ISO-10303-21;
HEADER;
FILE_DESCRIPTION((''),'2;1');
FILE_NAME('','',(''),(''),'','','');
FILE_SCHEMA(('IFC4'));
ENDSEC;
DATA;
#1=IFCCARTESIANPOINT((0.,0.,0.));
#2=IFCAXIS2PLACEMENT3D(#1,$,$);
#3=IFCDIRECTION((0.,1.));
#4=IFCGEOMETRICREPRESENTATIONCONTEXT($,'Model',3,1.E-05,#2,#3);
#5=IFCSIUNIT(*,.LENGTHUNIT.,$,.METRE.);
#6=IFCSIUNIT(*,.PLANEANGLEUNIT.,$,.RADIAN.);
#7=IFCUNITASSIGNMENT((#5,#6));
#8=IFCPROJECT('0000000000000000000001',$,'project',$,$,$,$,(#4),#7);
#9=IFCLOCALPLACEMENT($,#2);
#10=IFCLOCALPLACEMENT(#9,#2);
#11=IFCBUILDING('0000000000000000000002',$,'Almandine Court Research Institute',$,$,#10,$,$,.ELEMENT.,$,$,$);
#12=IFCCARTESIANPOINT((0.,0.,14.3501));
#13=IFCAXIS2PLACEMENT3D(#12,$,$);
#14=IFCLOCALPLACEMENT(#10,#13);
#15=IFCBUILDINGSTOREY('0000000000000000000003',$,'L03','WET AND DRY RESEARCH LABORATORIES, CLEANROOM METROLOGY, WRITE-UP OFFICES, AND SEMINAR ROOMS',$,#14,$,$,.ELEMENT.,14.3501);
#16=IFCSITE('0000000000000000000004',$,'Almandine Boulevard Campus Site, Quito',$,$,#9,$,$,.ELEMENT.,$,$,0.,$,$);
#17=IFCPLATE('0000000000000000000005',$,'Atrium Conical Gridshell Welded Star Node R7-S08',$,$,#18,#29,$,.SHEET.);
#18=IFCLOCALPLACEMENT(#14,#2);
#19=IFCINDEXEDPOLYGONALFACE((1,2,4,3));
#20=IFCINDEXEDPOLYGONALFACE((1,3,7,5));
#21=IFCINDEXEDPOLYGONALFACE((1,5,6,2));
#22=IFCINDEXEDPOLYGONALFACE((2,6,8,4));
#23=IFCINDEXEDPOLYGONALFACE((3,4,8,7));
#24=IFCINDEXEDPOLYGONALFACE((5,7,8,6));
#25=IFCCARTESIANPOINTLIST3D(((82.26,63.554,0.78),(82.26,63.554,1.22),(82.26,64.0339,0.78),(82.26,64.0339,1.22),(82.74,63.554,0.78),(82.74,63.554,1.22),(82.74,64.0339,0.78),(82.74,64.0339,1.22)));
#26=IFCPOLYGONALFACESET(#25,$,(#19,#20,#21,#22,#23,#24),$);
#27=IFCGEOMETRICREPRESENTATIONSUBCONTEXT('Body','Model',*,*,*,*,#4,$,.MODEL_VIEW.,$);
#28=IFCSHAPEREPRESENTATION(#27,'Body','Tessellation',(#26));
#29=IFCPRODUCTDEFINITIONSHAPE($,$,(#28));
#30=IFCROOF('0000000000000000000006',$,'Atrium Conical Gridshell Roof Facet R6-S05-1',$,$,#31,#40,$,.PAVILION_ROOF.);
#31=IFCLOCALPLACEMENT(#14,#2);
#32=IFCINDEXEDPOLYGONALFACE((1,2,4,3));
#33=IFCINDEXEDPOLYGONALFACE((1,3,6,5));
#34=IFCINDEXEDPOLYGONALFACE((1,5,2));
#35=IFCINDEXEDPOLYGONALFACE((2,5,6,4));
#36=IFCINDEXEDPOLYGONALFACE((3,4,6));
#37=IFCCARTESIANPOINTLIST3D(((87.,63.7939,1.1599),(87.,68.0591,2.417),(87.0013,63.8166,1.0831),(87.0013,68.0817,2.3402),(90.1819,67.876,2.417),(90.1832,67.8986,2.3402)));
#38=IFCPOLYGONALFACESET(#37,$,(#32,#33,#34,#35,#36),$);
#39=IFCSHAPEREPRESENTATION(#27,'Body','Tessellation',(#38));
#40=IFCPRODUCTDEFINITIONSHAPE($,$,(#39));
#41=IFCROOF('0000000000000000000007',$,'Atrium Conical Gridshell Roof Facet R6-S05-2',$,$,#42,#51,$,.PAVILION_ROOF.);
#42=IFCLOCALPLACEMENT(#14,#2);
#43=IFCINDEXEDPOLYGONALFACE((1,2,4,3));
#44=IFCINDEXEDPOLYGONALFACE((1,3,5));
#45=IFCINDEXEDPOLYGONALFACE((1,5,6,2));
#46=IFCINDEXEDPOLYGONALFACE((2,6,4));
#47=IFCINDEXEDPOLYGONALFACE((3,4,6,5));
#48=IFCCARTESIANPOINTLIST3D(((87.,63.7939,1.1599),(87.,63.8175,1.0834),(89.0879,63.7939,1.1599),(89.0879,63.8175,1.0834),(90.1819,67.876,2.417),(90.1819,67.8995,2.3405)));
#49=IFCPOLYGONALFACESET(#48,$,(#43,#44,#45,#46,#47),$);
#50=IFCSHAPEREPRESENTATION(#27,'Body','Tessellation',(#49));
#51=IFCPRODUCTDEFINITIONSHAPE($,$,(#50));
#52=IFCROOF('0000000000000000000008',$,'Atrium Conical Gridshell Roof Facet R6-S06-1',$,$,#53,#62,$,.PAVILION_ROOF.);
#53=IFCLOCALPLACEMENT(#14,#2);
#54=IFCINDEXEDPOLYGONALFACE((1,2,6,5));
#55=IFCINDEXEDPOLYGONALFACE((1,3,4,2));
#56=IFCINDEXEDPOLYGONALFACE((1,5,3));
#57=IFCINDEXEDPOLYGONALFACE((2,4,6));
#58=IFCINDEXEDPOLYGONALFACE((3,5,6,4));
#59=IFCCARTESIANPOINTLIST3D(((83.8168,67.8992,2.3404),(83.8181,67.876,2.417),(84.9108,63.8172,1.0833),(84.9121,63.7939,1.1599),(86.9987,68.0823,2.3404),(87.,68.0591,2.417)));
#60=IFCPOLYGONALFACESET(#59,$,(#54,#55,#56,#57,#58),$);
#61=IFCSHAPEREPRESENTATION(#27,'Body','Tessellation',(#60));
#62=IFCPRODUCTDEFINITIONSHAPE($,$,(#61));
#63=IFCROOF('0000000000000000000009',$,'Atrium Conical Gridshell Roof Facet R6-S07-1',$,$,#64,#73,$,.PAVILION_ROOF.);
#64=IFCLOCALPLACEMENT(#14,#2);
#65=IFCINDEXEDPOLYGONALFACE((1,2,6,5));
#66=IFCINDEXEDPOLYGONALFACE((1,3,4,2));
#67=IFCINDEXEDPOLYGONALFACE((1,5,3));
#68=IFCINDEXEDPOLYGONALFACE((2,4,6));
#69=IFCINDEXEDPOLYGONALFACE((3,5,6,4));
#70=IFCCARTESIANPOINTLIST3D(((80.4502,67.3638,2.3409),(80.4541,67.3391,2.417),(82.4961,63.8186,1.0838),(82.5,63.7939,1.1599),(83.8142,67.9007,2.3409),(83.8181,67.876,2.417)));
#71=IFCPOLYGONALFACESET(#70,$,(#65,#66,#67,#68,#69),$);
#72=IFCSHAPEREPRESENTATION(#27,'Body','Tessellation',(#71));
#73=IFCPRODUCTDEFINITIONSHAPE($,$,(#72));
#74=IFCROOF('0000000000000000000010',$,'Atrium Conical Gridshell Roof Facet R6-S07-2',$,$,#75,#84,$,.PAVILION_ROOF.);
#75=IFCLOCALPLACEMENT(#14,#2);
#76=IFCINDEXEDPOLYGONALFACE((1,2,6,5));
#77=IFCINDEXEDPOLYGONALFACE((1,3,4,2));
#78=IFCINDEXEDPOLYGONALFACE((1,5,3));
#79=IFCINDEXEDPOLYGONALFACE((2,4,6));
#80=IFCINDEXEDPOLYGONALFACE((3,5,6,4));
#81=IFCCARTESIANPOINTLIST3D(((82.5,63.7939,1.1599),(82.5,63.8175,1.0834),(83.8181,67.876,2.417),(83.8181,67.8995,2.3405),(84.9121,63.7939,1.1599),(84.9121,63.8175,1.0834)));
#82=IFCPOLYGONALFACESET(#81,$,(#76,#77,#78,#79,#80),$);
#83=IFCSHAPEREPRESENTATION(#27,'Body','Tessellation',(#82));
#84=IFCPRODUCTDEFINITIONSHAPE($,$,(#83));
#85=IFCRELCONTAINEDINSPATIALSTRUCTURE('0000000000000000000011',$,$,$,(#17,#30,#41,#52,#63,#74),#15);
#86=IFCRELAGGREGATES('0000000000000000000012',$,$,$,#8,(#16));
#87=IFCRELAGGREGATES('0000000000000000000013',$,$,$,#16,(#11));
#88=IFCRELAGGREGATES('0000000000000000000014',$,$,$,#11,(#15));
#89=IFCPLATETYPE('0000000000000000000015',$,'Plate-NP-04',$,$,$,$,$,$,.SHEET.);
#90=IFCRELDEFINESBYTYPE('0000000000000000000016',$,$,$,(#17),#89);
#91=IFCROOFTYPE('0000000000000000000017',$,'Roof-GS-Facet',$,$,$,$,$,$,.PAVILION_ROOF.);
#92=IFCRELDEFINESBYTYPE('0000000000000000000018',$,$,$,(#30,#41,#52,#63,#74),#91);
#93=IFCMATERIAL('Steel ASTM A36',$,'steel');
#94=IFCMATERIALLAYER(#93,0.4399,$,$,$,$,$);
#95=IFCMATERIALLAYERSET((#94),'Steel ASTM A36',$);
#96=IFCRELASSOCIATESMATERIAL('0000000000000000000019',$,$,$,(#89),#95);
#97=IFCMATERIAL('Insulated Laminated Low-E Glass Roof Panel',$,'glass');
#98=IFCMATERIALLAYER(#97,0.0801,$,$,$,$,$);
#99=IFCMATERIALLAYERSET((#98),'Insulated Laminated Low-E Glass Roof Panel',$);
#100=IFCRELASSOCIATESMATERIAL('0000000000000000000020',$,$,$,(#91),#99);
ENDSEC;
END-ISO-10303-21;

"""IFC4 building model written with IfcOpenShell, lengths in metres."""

from ifc_helpers import new_model, si_unit, direction, frame, origin, origin_2d, place, context, subcontext, project, spatial, polyline, rectangle, outline, extrude, material, layer, layer_set, type_object, element, save


model = new_model("IFC4")

# Units and contexts
model_context = context("Model", 3, precision=1e-05, world=origin(), true_north=direction((0.0, 1.0)))
body_context = subcontext(model_context, "Body", "Model", "MODEL_VIEW")
ifc_project = project(units=[si_unit("LENGTHUNIT", "METRE"), si_unit("PLANEANGLEUNIT", "RADIAN")], contexts=[model_context])

# Site, building, storey
site_placement = place(None, origin())
site = spatial("IfcSite", under=ifc_project, at=site_placement, Name="Almandine Boulevard Campus Site, Quito", CompositionType="ELEMENT", RefElevation=0.0)
building_placement = place(site_placement, origin())
building = spatial("IfcBuilding", under=site, at=building_placement, Name="Almandine Court Research Institute", CompositionType="ELEMENT")
storey_placement = place(building_placement, frame((0.0, 0.0, 14.3501)))
storey = spatial("IfcBuildingStorey", under=building, at=storey_placement, Name="L03", Description="WET AND DRY RESEARCH LABORATORIES, CLEANROOM METROLOGY, WRITE-UP OFFICES, AND SEMINAR ROOMS", CompositionType="ELEMENT", Elevation=14.3501)

# Plate
ifc_material_1 = material(Name="Steel ASTM A36", Category="steel")
ifc_layer_1 = layer(ifc_material_1, 0.4399)
ifc_layer_set_1 = layer_set([ifc_layer_1], Name="Steel ASTM A36")
plate_type_1 = type_object("IfcPlateType", Name="Plate-NP-04", PredefinedType="SHEET", material=ifc_layer_set_1)
for number, where, z_axis, x_axis, name in (
    (1, (82.5, 63.7939, 0.78), (0.0, 0.0, 1.0), (1.0, 0.0, 0.0), "Atrium Conical Gridshell Welded Star Node R7-S08"),
):
    element("IfcPlate", number, at=place(storey_placement, frame(where, z_axis=z_axis, x_axis=x_axis)), inside=storey, type_object=plate_type_1, Name=name, PredefinedType="SHEET", context=body_context, shape_type="SweptSolid", body=[
        extrude(rectangle(XDim=0.48, YDim=0.48, at=origin_2d()), origin(), (0.0, 0.0, 1.0), 0.4399),
    ])

# Roofs
ifc_material_2 = material(Name="Insulated Laminated Low-E Glass Roof Panel", Category="glass")
ifc_layer_2 = layer(ifc_material_2, 0.0801)
ifc_layer_set_2 = layer_set([ifc_layer_2], Name="Insulated Laminated Low-E Glass Roof Panel")
roof_type = type_object("IfcRoofType", Name="Roof-GS-Facet", PredefinedType="PAVILION_ROOF", material=ifc_layer_set_2)
roof_1_placement = place(storey_placement, frame((90.1819, 67.876, 2.417), z_axis=(-0.016267, -0.282673, 0.959078), x_axis=(-0.998348, 0.057451, 0.0)))
element("IfcRoof", 2, at=roof_1_placement, inside=storey, type_object=roof_type, Name="Atrium Conical Gridshell Roof Facet R6-S05-1", PredefinedType="PAVILION_ROOF", context=body_context, shape_type="SweptSolid", body=[
    extrude(outline(polyline([(0.0, 0.0), (3.1871, 0.0), (2.9421, 4.4398), (0.0, 0.0)])), origin(), (0.0, 0.0, -1.0), 0.0801),
])
roof_2_placement = place(storey_placement, frame((90.1819, 67.876, 2.417), z_axis=(0.0, -0.294315, 0.955709), x_axis=(-0.597411, -0.766417, -0.236021)))
element("IfcRoof", 3, at=roof_2_placement, inside=storey, type_object=roof_type, Name="Atrium Conical Gridshell Roof Facet R6-S05-2", PredefinedType="PAVILION_ROOF", context=body_context, shape_type="SweptSolid", body=[
    extrude(outline(polyline([(0.0, 0.0), (5.3261, 0.0), (4.0788, 1.6744), (0.0, 0.0)])), origin(), (0.0, 0.0, -1.0), 0.0801),
])
roof_3_placement = place(storey_placement, frame((87.0, 68.0591, 2.417), z_axis=(0.016699, -0.290183, 0.956825), x_axis=(-0.998348, -0.057451, 0.0)))
element("IfcRoof", 4, at=roof_3_placement, inside=storey, type_object=roof_type, Name="Atrium Conical Gridshell Roof Facet R6-S06-1", PredefinedType="PAVILION_ROOF", context=body_context, shape_type="SweptSolid", body=[
    extrude(outline(polyline([(0.0, 0.0), (3.1871, 0.0), (2.3295, 4.3249), (0.0, 0.0)])), origin(), (0.0, 0.0, -1.0), 0.0801),
])
roof_4_placement = place(storey_placement, frame((83.8181, 67.876, 2.417), z_axis=(0.049224, -0.308442, 0.949969), x_axis=(-0.987504, -0.157596, 0.0)))
element("IfcRoof", 5, at=roof_4_placement, inside=storey, type_object=roof_type, Name="Atrium Conical Gridshell Roof Facet R6-S07-1", PredefinedType="PAVILION_ROOF", context=body_context, shape_type="SweptSolid", body=[
    extrude(outline(polyline([(0.0, 0.0), (3.4066, 0.0), (1.945, 4.0246), (0.0, 0.0)])), origin(), (0.0, 0.0, -1.0), 0.0801),
])
roof_5_placement = place(storey_placement, frame((83.8181, 67.876, 2.417), z_axis=(0.0, -0.294315, 0.955709), x_axis=(-0.294882, -0.913212, -0.281228)))
element("IfcRoof", 6, at=roof_5_placement, inside=storey, type_object=roof_type, Name="Atrium Conical Gridshell Roof Facet R6-S07-2", PredefinedType="PAVILION_ROOF", context=body_context, shape_type="SweptSolid", body=[
    extrude(outline(polyline([(0.0, 0.0), (4.47, 0.0), (3.7587, 2.3049), (0.0, 0.0)])), origin(), (0.0, 0.0, -1.0), 0.0801),
])

save(model, "model.ifc")
